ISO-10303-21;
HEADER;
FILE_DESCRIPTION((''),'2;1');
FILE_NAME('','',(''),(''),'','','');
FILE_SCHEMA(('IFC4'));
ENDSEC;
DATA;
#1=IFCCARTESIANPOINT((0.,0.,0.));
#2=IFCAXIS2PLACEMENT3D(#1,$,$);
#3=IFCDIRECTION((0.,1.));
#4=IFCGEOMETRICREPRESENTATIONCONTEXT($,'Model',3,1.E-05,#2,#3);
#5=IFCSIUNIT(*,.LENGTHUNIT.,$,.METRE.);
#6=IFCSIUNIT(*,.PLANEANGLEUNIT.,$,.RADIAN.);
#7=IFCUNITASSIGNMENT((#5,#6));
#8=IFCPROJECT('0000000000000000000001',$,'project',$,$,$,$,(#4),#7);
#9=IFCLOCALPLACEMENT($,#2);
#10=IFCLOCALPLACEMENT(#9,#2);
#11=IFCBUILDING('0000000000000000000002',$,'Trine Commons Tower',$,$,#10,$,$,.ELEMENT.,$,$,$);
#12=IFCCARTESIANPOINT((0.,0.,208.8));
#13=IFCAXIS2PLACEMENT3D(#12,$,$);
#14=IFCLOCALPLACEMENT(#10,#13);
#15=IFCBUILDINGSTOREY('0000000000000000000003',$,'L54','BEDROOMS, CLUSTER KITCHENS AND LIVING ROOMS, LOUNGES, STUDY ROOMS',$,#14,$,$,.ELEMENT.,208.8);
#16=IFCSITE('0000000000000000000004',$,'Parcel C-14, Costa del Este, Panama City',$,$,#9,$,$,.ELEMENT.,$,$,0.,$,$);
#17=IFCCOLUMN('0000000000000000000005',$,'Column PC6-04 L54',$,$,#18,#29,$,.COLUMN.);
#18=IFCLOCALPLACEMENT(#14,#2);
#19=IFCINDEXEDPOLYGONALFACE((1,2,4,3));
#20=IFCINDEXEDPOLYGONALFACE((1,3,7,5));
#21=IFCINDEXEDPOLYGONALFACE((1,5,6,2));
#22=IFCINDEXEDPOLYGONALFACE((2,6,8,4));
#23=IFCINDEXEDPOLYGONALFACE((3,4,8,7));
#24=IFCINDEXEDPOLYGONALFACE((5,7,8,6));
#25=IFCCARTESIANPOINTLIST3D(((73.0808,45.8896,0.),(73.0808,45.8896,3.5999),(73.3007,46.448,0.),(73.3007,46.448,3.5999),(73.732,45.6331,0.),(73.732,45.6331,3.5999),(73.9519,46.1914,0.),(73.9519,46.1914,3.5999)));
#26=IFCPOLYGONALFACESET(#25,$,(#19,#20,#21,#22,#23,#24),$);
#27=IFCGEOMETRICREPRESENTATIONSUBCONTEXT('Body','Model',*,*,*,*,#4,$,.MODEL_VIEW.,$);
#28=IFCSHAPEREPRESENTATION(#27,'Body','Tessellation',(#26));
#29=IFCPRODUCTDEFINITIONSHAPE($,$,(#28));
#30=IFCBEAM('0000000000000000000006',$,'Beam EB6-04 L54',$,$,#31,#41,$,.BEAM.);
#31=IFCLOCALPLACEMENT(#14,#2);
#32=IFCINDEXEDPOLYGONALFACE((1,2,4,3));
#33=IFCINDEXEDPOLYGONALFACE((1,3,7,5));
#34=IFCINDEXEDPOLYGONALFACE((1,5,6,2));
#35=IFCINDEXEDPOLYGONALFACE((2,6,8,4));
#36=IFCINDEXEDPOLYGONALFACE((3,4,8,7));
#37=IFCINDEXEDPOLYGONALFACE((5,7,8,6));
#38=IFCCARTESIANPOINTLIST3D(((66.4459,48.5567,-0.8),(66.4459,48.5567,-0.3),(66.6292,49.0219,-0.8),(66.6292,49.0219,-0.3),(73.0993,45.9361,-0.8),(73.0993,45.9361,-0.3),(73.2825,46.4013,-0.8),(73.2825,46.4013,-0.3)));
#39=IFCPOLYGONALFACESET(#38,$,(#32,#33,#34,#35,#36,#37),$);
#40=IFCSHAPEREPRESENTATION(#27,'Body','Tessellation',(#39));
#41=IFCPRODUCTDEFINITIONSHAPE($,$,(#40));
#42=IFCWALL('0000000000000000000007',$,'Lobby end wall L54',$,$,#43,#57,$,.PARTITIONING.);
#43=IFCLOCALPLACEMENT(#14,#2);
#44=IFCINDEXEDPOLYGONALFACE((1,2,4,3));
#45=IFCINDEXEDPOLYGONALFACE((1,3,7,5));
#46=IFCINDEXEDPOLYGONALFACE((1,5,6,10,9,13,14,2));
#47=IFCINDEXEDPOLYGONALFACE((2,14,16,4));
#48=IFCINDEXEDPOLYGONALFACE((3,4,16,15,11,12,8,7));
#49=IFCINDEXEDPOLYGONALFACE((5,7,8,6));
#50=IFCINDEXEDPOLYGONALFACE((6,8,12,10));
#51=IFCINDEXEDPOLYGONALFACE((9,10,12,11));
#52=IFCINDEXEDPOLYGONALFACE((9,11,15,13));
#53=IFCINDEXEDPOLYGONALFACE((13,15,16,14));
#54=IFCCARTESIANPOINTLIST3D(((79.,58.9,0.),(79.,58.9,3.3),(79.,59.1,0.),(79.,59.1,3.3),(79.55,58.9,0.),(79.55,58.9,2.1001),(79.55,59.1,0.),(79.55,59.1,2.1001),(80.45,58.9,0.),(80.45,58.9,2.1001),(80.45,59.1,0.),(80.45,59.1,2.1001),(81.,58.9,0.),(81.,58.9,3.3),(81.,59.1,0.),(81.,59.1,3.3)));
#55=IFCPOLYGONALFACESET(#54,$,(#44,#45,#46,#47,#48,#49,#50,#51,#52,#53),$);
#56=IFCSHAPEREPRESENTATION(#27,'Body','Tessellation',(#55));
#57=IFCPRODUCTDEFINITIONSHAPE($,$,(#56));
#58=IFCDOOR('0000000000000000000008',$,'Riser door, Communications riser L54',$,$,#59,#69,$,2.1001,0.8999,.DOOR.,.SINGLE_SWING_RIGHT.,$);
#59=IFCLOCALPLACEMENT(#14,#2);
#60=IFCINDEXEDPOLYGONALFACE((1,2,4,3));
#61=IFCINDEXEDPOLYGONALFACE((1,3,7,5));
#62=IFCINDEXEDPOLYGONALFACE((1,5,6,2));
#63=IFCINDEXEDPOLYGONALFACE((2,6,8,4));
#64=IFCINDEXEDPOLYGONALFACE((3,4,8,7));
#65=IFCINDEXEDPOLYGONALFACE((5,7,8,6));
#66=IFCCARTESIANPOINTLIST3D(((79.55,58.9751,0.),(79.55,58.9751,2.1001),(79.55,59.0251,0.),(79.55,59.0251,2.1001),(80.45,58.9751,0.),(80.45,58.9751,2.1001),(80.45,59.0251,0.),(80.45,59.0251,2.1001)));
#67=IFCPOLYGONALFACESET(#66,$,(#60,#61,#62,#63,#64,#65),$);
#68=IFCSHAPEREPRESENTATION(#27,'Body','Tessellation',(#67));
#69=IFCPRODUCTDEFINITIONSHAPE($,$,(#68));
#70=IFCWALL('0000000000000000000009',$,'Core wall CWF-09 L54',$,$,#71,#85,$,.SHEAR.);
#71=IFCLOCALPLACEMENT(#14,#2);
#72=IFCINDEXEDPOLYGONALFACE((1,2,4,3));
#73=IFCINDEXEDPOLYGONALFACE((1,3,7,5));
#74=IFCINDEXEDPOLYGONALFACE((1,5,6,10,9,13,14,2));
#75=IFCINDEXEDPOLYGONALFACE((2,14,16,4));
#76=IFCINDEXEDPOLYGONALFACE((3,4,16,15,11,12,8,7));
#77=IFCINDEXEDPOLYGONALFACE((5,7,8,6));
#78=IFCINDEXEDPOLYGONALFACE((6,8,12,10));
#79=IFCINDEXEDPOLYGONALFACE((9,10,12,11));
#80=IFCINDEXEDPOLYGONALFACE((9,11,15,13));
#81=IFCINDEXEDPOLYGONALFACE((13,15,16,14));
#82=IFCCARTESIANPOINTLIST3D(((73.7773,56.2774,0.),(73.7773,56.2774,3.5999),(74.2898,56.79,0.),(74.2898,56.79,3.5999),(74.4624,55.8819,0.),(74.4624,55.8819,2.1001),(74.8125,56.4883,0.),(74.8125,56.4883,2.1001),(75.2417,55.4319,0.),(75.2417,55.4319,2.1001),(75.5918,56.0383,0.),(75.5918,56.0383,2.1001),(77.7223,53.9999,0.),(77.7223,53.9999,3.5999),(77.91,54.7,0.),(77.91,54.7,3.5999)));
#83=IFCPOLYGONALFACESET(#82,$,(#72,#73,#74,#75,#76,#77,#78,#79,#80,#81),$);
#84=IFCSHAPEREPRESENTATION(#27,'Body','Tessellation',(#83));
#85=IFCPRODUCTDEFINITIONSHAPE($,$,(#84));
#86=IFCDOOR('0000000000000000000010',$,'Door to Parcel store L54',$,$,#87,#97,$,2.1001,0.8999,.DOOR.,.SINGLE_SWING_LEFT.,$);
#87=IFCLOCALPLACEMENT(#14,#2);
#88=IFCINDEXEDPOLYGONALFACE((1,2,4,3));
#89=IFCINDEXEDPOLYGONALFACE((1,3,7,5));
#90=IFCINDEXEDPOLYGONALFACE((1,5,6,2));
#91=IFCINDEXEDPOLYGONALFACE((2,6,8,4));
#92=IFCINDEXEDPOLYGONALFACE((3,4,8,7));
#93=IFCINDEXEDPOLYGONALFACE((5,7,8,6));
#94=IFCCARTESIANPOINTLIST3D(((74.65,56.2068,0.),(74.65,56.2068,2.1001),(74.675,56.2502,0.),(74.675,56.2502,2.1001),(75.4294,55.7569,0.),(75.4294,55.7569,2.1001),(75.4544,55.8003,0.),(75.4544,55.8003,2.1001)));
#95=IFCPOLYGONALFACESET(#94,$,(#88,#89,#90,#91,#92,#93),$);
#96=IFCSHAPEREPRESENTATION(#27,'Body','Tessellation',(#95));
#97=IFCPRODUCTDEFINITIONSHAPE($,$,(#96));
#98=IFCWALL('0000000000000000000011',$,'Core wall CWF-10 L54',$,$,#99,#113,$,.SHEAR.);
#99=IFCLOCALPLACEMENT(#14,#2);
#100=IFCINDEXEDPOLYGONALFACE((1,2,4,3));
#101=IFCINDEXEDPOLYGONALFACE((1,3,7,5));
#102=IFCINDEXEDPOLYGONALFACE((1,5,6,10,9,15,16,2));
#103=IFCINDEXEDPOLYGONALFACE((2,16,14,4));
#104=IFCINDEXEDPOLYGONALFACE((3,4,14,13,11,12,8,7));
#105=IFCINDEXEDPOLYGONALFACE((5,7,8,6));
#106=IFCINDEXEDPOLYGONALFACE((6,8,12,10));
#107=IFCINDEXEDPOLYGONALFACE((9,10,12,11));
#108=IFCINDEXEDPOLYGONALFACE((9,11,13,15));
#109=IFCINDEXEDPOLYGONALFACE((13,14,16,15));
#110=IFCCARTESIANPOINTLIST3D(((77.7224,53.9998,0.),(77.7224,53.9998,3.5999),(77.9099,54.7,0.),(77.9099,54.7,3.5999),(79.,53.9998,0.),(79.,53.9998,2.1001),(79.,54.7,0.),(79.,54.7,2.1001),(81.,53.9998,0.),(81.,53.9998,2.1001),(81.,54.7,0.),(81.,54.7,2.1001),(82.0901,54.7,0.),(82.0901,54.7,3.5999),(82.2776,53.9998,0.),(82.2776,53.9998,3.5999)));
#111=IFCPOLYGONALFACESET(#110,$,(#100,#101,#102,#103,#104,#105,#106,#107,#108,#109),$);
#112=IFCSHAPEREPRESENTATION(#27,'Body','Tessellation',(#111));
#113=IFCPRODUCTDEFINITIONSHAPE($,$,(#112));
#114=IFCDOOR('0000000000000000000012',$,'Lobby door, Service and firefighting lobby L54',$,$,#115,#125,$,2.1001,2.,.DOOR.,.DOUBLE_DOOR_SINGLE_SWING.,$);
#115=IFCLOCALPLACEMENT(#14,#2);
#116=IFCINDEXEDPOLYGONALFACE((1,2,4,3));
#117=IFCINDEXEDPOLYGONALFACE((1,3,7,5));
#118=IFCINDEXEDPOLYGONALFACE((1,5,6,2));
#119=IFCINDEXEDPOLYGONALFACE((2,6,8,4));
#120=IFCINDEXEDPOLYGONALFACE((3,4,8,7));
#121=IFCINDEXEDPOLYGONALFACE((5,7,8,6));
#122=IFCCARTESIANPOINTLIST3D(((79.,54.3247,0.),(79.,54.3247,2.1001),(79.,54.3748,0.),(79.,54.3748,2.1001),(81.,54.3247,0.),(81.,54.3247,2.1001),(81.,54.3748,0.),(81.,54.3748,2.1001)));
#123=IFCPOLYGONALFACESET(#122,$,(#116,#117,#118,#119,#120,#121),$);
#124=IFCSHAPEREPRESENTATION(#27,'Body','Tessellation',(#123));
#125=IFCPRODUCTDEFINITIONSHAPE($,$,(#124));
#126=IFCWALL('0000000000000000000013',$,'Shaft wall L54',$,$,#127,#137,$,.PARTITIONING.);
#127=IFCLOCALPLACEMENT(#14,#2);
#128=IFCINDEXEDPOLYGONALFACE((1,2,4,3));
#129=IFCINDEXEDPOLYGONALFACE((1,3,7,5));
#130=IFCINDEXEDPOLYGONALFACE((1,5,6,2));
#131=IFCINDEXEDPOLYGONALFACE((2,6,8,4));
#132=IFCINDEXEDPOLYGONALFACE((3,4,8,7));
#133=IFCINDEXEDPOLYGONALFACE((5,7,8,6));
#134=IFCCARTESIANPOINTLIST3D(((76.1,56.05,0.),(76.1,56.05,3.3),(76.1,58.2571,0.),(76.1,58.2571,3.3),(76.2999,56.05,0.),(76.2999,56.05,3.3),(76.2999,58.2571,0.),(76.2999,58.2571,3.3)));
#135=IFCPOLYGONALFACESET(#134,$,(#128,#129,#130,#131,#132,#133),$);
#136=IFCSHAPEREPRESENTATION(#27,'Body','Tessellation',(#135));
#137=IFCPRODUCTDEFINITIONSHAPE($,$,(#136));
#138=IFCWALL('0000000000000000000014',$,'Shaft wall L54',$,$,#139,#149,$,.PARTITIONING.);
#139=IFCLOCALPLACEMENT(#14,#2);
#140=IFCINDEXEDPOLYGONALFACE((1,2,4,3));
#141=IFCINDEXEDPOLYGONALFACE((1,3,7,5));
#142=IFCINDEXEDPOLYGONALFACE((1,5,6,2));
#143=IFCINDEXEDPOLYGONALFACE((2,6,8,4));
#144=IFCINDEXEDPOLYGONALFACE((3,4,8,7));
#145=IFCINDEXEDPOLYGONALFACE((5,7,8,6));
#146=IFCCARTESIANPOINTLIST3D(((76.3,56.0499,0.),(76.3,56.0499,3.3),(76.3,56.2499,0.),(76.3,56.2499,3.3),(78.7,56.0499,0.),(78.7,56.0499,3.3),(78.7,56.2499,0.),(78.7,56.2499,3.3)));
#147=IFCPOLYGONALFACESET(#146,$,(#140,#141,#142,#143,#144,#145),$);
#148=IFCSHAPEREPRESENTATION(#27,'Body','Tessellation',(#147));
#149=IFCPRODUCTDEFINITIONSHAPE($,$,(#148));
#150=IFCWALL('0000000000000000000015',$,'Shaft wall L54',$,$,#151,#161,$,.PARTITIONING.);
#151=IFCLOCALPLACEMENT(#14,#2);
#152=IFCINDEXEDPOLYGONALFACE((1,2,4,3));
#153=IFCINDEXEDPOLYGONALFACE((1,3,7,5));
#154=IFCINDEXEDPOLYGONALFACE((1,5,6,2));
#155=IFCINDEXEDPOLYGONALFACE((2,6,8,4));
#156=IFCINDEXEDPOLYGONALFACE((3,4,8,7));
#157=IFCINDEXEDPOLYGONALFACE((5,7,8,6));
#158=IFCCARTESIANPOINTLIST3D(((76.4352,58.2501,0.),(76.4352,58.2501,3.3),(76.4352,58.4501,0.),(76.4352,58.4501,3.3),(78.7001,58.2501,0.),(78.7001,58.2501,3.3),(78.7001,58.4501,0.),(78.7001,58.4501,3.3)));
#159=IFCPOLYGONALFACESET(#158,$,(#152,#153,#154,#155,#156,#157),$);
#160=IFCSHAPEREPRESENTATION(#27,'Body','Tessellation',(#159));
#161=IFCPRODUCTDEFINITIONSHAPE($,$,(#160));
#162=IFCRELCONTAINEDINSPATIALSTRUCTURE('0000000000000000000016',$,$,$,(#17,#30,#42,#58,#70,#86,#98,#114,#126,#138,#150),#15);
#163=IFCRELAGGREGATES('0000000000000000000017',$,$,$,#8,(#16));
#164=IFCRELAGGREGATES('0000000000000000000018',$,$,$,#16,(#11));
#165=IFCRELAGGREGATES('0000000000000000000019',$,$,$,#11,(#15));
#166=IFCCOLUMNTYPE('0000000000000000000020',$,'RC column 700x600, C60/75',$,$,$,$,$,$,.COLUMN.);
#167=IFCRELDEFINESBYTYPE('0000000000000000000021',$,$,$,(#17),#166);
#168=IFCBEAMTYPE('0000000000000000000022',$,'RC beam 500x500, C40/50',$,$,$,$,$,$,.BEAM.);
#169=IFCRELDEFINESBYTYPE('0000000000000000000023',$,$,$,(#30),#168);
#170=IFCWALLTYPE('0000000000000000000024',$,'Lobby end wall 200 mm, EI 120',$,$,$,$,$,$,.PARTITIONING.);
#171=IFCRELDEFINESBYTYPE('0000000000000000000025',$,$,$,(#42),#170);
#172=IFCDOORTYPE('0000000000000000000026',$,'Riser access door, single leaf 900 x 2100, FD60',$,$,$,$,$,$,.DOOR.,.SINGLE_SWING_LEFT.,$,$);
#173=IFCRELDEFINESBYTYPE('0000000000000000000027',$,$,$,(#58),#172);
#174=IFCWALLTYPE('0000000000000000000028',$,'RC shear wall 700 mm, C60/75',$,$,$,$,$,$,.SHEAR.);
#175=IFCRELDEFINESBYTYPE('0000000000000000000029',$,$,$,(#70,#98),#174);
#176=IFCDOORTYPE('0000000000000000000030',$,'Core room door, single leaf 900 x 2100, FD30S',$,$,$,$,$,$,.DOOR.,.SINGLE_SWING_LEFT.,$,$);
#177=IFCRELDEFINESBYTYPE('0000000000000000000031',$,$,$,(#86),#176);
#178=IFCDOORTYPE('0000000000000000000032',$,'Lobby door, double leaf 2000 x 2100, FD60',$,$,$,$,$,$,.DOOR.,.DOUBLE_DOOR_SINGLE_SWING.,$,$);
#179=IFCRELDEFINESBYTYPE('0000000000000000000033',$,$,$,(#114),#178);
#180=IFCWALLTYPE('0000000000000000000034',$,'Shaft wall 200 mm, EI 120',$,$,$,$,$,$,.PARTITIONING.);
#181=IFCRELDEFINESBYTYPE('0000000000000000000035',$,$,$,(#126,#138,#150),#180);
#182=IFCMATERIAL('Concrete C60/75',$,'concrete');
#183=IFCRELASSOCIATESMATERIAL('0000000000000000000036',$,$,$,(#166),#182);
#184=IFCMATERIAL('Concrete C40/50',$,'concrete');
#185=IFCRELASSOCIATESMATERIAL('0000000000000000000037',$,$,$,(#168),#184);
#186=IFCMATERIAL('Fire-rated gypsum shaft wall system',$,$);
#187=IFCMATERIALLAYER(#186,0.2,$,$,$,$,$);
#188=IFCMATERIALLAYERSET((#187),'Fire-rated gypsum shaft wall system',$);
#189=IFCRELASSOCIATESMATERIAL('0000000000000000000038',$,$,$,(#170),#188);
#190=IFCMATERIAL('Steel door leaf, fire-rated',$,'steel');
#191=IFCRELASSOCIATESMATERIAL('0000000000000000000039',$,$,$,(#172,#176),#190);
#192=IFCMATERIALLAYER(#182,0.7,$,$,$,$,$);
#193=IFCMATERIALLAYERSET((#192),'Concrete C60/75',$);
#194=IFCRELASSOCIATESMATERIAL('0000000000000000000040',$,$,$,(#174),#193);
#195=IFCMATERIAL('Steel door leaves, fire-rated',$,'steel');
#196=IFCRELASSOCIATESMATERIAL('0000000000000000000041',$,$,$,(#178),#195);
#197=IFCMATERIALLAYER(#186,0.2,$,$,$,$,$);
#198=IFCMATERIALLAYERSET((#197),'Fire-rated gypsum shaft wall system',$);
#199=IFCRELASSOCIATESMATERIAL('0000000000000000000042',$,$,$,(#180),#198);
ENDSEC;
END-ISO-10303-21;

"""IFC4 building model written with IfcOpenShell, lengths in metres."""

from ifc_helpers import new_model, si_unit, direction, frame, frame_2d, origin, origin_2d, place, context, subcontext, project, spatial, polyline, rectangle, outline, extrude, material, layer, layer_set, material_profile, profile_set, type_object, element, fill, save


model = new_model("IFC4")

# Units and contexts
model_context = context("Model", 3, precision=1e-05, world=origin(), true_north=direction((0.0, 1.0)))
body_context = subcontext(model_context, "Body", "Model", "MODEL_VIEW")
ifc_project = project(units=[si_unit("LENGTHUNIT", "METRE"), si_unit("PLANEANGLEUNIT", "RADIAN")], contexts=[model_context])

# Site, building, storey
site_placement = place(None, origin())
site = spatial("IfcSite", under=ifc_project, at=site_placement, Name="Parcel C-14, Costa del Este, Panama City", CompositionType="ELEMENT", RefElevation=0.0)
building_placement = place(site_placement, origin())
building = spatial("IfcBuilding", under=site, at=building_placement, Name="Trine Commons Tower", CompositionType="ELEMENT")
storey_placement = place(building_placement, frame((0.0, 0.0, 208.8)))
storey = spatial("IfcBuildingStorey", under=building, at=storey_placement, Name="L54", Description="BEDROOMS, CLUSTER KITCHENS AND LIVING ROOMS, LOUNGES, STUDY ROOMS", CompositionType="ELEMENT", Elevation=208.8)

# Column
ifc_material_1 = material(Name="Concrete C60/75", Category="concrete")
ifc_material_profile_1 = material_profile(ifc_material_1, rectangle(XDim=0.7, YDim=0.6001, at=origin_2d()), Name="RC 700x600")
ifc_profile_set_1 = profile_set([ifc_material_profile_1], Name="Concrete C60/75")
column_type = type_object("IfcColumnType", Name="RC column 700x600, C60/75", PredefinedType="COLUMN", material=ifc_profile_set_1)
column_placement = place(storey_placement, frame((73.5164, 46.0405, 0.0), z_axis=(0.0, 0.0, 1.0), x_axis=(-0.930418, 0.366501, 0.0)))
element("IfcColumn", 1, at=column_placement, inside=storey, type_object=column_type, Name="Column PC6-04 L54", PredefinedType="COLUMN", context=body_context, shape_type="SweptSolid", body=[
    extrude(rectangle(XDim=0.7, YDim=0.6001, at=origin_2d()), origin(), (0.0, 0.0, 1.0), 3.5999),
])

# Beam
ifc_material_2 = material(Name="Concrete C40/50", Category="concrete")
ifc_material_profile_2 = material_profile(ifc_material_2, rectangle(XDim=0.5, YDim=0.5, at=origin_2d()), Name="RC 500x500")
ifc_profile_set_2 = profile_set([ifc_material_profile_2], Name="Concrete C40/50")
beam_type = type_object("IfcBeamType", Name="RC beam 500x500, C40/50", PredefinedType="BEAM", material=ifc_profile_set_2)
beam_placement = place(storey_placement, frame((73.1909, 46.1687, -0.55), z_axis=(-0.930427, 0.366476, 0.0), x_axis=(-0.366476, -0.930427, 0.0)))
element("IfcBeam", 2, at=beam_placement, inside=storey, type_object=beam_type, Name="Beam EB6-04 L54", PredefinedType="BEAM", context=body_context, shape_type="SweptSolid", body=[
    extrude(rectangle(XDim=0.5, YDim=0.5, at=origin_2d()), origin(), (0.0, 0.0, 1.0), 7.1509),
])

# Walls, openings, doors
ifc_material_3 = material(Name="Fire-rated gypsum shaft wall system")
ifc_layer_1 = layer(ifc_material_3, 0.2)
ifc_layer_set_1 = layer_set([ifc_layer_1], Name="Fire-rated gypsum shaft wall system")
wall_type_1 = type_object("IfcWallType", Name="Lobby end wall 200 mm, EI 120", PredefinedType="PARTITIONING", material=ifc_layer_set_1)
wall_1_placement = place(storey_placement, frame((79.0, 59.0, 0.0), z_axis=(0.0, 0.0, 1.0), x_axis=(1.0, 0.0, 0.0)))
wall_1 = element("IfcWall", 3, at=wall_1_placement, inside=storey, type_object=wall_type_1, Name="Lobby end wall L54", PredefinedType="PARTITIONING", context=body_context, shape_type="SweptSolid", body=[
    extrude(rectangle(XDim=2.0, YDim=0.2, at=frame_2d((1.0, 0.0))), origin(), (0.0, 0.0, 1.0), 3.3),
])
opening_1_placement = place(wall_1_placement, frame((0.55, 0.0, 0.0)))
opening_1 = element("IfcOpeningElement", 4, at=opening_1_placement, cuts=wall_1, PredefinedType="OPENING", context=body_context, shape_type="SweptSolid", body=[
    extrude(rectangle(XDim=0.8999, YDim=2.1001, at=frame_2d((0.45, 1.05))), frame((0.0, 0.1099, 0.0), z_axis=(0.0, -1.0, 0.0), x_axis=(1.0, 0.0, 0.0)), (0.0, 0.0, 1.0), 0.22),
])
ifc_material_4 = material(Name="Steel door leaf, fire-rated", Category="steel")
door_type_1 = type_object("IfcDoorType", Name="Riser access door, single leaf 900 x 2100, FD60", OperationType="SINGLE_SWING_LEFT", PredefinedType="DOOR", material=ifc_material_4)
door_1_placement = place(opening_1_placement, frame((0.8999, 0.0, 0.0), z_axis=(0.0, 0.0, 1.0), x_axis=(-1.0, 0.0, 0.0)))
door_1 = element("IfcDoor", 5, at=door_1_placement, inside=storey, type_object=door_type_1, Name="Riser door, Communications riser L54", OperationType="SINGLE_SWING_RIGHT", OverallHeight=2.1001, OverallWidth=0.8999, PredefinedType="DOOR", context=body_context, shape_type="SweptSolid", body=[
    extrude(rectangle(XDim=0.8999, YDim=2.1001, at=frame_2d((0.45, 1.05))), frame((0.0, 0.0249, 0.0), z_axis=(0.0, -1.0, 0.0), x_axis=(1.0, 0.0, 0.0)), (0.0, 0.0, 1.0), 0.05),
])
fill(opening_1, door_1)
ifc_layer_2 = layer(ifc_material_1, 0.7)
ifc_layer_set_2 = layer_set([ifc_layer_2], Name="Concrete C60/75")
wall_type_2 = type_object("IfcWallType", Name="RC shear wall 700 mm, C60/75", PredefinedType="SHEAR", material=ifc_layer_set_2)
wall_2_placement = place(storey_placement, frame((73.9524, 56.5806, 0.0), z_axis=(0.0, 0.0, 1.0), x_axis=(0.866035, -0.499984, 0.0)))
wall_2 = element("IfcWall", 6, at=wall_2_placement, inside=storey, type_object=wall_type_2, Name="Core wall CWF-09 L54", PredefinedType="SHEAR", context=body_context, shape_type="SweptSolid", body=[
    extrude(outline(polyline([(0.0, -0.3501), (4.5552, -0.3501), (4.3677, 0.3501), (0.1875, 0.3501), (0.0, -0.3501)])), origin(), (0.0, 0.0, 1.0), 3.5999),
])
opening_2_placement = place(wall_2_placement, frame((0.791, 0.0, 0.0)))
opening_2 = element("IfcOpeningElement", 7, at=opening_2_placement, cuts=wall_2, PredefinedType="OPENING", context=body_context, shape_type="SweptSolid", body=[
    extrude(rectangle(XDim=0.8999, YDim=2.1001, at=frame_2d((0.45, 1.05))), frame((0.0, 0.3599, 0.0), z_axis=(0.0, -1.0, 0.0), x_axis=(1.0, 0.0, 0.0)), (0.0, 0.0, 1.0), 0.72),
])
door_type_2 = type_object("IfcDoorType", Name="Core room door, single leaf 900 x 2100, FD30S", OperationType="SINGLE_SWING_LEFT", PredefinedType="DOOR", material=ifc_material_4)
door_2_placement = place(opening_2_placement, origin())
door_2 = element("IfcDoor", 8, at=door_2_placement, inside=storey, type_object=door_type_2, Name="Door to Parcel store L54", OperationType="SINGLE_SWING_LEFT", OverallHeight=2.1001, OverallWidth=0.8999, PredefinedType="DOOR", context=body_context, shape_type="SweptSolid", body=[
    extrude(rectangle(XDim=0.8999, YDim=2.1001, at=frame_2d((0.45, 1.05))), frame((0.0, 0.0752, 0.0), z_axis=(0.0, -1.0, 0.0), x_axis=(1.0, 0.0, 0.0)), (0.0, 0.0, 1.0), 0.05),
])
fill(opening_2, door_2)
wall_3_placement = place(storey_placement, frame((77.7224, 54.3499, 0.0), z_axis=(0.0, 0.0, 1.0), x_axis=(1.0, 0.0, 0.0)))
wall_3 = element("IfcWall", 9, at=wall_3_placement, inside=storey, type_object=wall_type_2, Name="Core wall CWF-10 L54", PredefinedType="SHEAR", context=body_context, shape_type="SweptSolid", body=[
    extrude(outline(polyline([(0.0, -0.3501), (4.5552, -0.3501), (4.3677, 0.3501), (0.1875, 0.3501), (0.0, -0.3501)])), origin(), (0.0, 0.0, 1.0), 3.5999),
])
opening_3_placement = place(wall_3_placement, frame((1.2776, 0.0, 0.0)))
opening_3 = element("IfcOpeningElement", 10, at=opening_3_placement, cuts=wall_3, PredefinedType="OPENING", context=body_context, shape_type="SweptSolid", body=[
    extrude(rectangle(XDim=2.0, YDim=2.1001, at=frame_2d((1.0, 1.05))), frame((0.0, 0.3599, 0.0), z_axis=(0.0, -1.0, 0.0), x_axis=(1.0, 0.0, 0.0)), (0.0, 0.0, 1.0), 0.72),
])
ifc_material_5 = material(Name="Steel door leaves, fire-rated", Category="steel")
door_type_3 = type_object("IfcDoorType", Name="Lobby door, double leaf 2000 x 2100, FD60", OperationType="DOUBLE_DOOR_SINGLE_SWING", PredefinedType="DOOR", material=ifc_material_5)
door_3_placement = place(opening_3_placement, origin())
door_3 = element("IfcDoor", 11, at=door_3_placement, inside=storey, type_object=door_type_3, Name="Lobby door, Service and firefighting lobby L54", OperationType="DOUBLE_DOOR_SINGLE_SWING", OverallHeight=2.1001, OverallWidth=2.0, PredefinedType="DOOR", context=body_context, shape_type="SweptSolid", body=[
    extrude(rectangle(XDim=2.0, YDim=2.1001, at=frame_2d((1.0, 1.05))), frame((0.0, 0.0249, 0.0), z_axis=(0.0, -1.0, 0.0), x_axis=(1.0, 0.0, 0.0)), (0.0, 0.0, 1.0), 0.05),
])
fill(opening_3, door_3)

# Walls
ifc_layer_3 = layer(ifc_material_3, 0.2)
ifc_layer_set_3 = layer_set([ifc_layer_3], Name="Fire-rated gypsum shaft wall system")
wall_type_3 = type_object("IfcWallType", Name="Shaft wall 200 mm, EI 120", PredefinedType="PARTITIONING", material=ifc_layer_set_3)
wall_4_placement = place(storey_placement, frame((76.2, 58.2571, 0.0), z_axis=(0.0, 0.0, 1.0), x_axis=(0.0, -1.0, 0.0)))
element("IfcWall", 12, at=wall_4_placement, inside=storey, type_object=wall_type_3, Name="Shaft wall L54", PredefinedType="PARTITIONING", context=body_context, shape_type="SweptSolid", body=[
    extrude(rectangle(XDim=2.207, YDim=0.2, at=frame_2d((1.1035, 0.0))), origin(), (0.0, 0.0, 1.0), 3.3),
])
wall_5_placement = place(storey_placement, frame((78.7, 56.1499, 0.0), z_axis=(0.0, 0.0, 1.0), x_axis=(-1.0, 0.0, 0.0)))
element("IfcWall", 13, at=wall_5_placement, inside=storey, type_object=wall_type_3, Name="Shaft wall L54", PredefinedType="PARTITIONING", context=body_context, shape_type="SweptSolid", body=[
    extrude(rectangle(XDim=2.3999, YDim=0.2, at=frame_2d((1.2, 0.0))), origin(), (0.0, 0.0, 1.0), 3.3),
])
wall_6_placement = place(storey_placement, frame((78.7, 58.3501, 0.0), z_axis=(0.0, 0.0, 1.0), x_axis=(-1.0, 0.0, 0.0)))
element("IfcWall", 14, at=wall_6_placement, inside=storey, type_object=wall_type_3, Name="Shaft wall L54", PredefinedType="PARTITIONING", context=body_context, shape_type="SweptSolid", body=[
    extrude(rectangle(XDim=2.2649, YDim=0.2, at=frame_2d((1.1323, 0.0))), origin(), (0.0, 0.0, 1.0), 3.3),
])

save(model, "model.ifc")
